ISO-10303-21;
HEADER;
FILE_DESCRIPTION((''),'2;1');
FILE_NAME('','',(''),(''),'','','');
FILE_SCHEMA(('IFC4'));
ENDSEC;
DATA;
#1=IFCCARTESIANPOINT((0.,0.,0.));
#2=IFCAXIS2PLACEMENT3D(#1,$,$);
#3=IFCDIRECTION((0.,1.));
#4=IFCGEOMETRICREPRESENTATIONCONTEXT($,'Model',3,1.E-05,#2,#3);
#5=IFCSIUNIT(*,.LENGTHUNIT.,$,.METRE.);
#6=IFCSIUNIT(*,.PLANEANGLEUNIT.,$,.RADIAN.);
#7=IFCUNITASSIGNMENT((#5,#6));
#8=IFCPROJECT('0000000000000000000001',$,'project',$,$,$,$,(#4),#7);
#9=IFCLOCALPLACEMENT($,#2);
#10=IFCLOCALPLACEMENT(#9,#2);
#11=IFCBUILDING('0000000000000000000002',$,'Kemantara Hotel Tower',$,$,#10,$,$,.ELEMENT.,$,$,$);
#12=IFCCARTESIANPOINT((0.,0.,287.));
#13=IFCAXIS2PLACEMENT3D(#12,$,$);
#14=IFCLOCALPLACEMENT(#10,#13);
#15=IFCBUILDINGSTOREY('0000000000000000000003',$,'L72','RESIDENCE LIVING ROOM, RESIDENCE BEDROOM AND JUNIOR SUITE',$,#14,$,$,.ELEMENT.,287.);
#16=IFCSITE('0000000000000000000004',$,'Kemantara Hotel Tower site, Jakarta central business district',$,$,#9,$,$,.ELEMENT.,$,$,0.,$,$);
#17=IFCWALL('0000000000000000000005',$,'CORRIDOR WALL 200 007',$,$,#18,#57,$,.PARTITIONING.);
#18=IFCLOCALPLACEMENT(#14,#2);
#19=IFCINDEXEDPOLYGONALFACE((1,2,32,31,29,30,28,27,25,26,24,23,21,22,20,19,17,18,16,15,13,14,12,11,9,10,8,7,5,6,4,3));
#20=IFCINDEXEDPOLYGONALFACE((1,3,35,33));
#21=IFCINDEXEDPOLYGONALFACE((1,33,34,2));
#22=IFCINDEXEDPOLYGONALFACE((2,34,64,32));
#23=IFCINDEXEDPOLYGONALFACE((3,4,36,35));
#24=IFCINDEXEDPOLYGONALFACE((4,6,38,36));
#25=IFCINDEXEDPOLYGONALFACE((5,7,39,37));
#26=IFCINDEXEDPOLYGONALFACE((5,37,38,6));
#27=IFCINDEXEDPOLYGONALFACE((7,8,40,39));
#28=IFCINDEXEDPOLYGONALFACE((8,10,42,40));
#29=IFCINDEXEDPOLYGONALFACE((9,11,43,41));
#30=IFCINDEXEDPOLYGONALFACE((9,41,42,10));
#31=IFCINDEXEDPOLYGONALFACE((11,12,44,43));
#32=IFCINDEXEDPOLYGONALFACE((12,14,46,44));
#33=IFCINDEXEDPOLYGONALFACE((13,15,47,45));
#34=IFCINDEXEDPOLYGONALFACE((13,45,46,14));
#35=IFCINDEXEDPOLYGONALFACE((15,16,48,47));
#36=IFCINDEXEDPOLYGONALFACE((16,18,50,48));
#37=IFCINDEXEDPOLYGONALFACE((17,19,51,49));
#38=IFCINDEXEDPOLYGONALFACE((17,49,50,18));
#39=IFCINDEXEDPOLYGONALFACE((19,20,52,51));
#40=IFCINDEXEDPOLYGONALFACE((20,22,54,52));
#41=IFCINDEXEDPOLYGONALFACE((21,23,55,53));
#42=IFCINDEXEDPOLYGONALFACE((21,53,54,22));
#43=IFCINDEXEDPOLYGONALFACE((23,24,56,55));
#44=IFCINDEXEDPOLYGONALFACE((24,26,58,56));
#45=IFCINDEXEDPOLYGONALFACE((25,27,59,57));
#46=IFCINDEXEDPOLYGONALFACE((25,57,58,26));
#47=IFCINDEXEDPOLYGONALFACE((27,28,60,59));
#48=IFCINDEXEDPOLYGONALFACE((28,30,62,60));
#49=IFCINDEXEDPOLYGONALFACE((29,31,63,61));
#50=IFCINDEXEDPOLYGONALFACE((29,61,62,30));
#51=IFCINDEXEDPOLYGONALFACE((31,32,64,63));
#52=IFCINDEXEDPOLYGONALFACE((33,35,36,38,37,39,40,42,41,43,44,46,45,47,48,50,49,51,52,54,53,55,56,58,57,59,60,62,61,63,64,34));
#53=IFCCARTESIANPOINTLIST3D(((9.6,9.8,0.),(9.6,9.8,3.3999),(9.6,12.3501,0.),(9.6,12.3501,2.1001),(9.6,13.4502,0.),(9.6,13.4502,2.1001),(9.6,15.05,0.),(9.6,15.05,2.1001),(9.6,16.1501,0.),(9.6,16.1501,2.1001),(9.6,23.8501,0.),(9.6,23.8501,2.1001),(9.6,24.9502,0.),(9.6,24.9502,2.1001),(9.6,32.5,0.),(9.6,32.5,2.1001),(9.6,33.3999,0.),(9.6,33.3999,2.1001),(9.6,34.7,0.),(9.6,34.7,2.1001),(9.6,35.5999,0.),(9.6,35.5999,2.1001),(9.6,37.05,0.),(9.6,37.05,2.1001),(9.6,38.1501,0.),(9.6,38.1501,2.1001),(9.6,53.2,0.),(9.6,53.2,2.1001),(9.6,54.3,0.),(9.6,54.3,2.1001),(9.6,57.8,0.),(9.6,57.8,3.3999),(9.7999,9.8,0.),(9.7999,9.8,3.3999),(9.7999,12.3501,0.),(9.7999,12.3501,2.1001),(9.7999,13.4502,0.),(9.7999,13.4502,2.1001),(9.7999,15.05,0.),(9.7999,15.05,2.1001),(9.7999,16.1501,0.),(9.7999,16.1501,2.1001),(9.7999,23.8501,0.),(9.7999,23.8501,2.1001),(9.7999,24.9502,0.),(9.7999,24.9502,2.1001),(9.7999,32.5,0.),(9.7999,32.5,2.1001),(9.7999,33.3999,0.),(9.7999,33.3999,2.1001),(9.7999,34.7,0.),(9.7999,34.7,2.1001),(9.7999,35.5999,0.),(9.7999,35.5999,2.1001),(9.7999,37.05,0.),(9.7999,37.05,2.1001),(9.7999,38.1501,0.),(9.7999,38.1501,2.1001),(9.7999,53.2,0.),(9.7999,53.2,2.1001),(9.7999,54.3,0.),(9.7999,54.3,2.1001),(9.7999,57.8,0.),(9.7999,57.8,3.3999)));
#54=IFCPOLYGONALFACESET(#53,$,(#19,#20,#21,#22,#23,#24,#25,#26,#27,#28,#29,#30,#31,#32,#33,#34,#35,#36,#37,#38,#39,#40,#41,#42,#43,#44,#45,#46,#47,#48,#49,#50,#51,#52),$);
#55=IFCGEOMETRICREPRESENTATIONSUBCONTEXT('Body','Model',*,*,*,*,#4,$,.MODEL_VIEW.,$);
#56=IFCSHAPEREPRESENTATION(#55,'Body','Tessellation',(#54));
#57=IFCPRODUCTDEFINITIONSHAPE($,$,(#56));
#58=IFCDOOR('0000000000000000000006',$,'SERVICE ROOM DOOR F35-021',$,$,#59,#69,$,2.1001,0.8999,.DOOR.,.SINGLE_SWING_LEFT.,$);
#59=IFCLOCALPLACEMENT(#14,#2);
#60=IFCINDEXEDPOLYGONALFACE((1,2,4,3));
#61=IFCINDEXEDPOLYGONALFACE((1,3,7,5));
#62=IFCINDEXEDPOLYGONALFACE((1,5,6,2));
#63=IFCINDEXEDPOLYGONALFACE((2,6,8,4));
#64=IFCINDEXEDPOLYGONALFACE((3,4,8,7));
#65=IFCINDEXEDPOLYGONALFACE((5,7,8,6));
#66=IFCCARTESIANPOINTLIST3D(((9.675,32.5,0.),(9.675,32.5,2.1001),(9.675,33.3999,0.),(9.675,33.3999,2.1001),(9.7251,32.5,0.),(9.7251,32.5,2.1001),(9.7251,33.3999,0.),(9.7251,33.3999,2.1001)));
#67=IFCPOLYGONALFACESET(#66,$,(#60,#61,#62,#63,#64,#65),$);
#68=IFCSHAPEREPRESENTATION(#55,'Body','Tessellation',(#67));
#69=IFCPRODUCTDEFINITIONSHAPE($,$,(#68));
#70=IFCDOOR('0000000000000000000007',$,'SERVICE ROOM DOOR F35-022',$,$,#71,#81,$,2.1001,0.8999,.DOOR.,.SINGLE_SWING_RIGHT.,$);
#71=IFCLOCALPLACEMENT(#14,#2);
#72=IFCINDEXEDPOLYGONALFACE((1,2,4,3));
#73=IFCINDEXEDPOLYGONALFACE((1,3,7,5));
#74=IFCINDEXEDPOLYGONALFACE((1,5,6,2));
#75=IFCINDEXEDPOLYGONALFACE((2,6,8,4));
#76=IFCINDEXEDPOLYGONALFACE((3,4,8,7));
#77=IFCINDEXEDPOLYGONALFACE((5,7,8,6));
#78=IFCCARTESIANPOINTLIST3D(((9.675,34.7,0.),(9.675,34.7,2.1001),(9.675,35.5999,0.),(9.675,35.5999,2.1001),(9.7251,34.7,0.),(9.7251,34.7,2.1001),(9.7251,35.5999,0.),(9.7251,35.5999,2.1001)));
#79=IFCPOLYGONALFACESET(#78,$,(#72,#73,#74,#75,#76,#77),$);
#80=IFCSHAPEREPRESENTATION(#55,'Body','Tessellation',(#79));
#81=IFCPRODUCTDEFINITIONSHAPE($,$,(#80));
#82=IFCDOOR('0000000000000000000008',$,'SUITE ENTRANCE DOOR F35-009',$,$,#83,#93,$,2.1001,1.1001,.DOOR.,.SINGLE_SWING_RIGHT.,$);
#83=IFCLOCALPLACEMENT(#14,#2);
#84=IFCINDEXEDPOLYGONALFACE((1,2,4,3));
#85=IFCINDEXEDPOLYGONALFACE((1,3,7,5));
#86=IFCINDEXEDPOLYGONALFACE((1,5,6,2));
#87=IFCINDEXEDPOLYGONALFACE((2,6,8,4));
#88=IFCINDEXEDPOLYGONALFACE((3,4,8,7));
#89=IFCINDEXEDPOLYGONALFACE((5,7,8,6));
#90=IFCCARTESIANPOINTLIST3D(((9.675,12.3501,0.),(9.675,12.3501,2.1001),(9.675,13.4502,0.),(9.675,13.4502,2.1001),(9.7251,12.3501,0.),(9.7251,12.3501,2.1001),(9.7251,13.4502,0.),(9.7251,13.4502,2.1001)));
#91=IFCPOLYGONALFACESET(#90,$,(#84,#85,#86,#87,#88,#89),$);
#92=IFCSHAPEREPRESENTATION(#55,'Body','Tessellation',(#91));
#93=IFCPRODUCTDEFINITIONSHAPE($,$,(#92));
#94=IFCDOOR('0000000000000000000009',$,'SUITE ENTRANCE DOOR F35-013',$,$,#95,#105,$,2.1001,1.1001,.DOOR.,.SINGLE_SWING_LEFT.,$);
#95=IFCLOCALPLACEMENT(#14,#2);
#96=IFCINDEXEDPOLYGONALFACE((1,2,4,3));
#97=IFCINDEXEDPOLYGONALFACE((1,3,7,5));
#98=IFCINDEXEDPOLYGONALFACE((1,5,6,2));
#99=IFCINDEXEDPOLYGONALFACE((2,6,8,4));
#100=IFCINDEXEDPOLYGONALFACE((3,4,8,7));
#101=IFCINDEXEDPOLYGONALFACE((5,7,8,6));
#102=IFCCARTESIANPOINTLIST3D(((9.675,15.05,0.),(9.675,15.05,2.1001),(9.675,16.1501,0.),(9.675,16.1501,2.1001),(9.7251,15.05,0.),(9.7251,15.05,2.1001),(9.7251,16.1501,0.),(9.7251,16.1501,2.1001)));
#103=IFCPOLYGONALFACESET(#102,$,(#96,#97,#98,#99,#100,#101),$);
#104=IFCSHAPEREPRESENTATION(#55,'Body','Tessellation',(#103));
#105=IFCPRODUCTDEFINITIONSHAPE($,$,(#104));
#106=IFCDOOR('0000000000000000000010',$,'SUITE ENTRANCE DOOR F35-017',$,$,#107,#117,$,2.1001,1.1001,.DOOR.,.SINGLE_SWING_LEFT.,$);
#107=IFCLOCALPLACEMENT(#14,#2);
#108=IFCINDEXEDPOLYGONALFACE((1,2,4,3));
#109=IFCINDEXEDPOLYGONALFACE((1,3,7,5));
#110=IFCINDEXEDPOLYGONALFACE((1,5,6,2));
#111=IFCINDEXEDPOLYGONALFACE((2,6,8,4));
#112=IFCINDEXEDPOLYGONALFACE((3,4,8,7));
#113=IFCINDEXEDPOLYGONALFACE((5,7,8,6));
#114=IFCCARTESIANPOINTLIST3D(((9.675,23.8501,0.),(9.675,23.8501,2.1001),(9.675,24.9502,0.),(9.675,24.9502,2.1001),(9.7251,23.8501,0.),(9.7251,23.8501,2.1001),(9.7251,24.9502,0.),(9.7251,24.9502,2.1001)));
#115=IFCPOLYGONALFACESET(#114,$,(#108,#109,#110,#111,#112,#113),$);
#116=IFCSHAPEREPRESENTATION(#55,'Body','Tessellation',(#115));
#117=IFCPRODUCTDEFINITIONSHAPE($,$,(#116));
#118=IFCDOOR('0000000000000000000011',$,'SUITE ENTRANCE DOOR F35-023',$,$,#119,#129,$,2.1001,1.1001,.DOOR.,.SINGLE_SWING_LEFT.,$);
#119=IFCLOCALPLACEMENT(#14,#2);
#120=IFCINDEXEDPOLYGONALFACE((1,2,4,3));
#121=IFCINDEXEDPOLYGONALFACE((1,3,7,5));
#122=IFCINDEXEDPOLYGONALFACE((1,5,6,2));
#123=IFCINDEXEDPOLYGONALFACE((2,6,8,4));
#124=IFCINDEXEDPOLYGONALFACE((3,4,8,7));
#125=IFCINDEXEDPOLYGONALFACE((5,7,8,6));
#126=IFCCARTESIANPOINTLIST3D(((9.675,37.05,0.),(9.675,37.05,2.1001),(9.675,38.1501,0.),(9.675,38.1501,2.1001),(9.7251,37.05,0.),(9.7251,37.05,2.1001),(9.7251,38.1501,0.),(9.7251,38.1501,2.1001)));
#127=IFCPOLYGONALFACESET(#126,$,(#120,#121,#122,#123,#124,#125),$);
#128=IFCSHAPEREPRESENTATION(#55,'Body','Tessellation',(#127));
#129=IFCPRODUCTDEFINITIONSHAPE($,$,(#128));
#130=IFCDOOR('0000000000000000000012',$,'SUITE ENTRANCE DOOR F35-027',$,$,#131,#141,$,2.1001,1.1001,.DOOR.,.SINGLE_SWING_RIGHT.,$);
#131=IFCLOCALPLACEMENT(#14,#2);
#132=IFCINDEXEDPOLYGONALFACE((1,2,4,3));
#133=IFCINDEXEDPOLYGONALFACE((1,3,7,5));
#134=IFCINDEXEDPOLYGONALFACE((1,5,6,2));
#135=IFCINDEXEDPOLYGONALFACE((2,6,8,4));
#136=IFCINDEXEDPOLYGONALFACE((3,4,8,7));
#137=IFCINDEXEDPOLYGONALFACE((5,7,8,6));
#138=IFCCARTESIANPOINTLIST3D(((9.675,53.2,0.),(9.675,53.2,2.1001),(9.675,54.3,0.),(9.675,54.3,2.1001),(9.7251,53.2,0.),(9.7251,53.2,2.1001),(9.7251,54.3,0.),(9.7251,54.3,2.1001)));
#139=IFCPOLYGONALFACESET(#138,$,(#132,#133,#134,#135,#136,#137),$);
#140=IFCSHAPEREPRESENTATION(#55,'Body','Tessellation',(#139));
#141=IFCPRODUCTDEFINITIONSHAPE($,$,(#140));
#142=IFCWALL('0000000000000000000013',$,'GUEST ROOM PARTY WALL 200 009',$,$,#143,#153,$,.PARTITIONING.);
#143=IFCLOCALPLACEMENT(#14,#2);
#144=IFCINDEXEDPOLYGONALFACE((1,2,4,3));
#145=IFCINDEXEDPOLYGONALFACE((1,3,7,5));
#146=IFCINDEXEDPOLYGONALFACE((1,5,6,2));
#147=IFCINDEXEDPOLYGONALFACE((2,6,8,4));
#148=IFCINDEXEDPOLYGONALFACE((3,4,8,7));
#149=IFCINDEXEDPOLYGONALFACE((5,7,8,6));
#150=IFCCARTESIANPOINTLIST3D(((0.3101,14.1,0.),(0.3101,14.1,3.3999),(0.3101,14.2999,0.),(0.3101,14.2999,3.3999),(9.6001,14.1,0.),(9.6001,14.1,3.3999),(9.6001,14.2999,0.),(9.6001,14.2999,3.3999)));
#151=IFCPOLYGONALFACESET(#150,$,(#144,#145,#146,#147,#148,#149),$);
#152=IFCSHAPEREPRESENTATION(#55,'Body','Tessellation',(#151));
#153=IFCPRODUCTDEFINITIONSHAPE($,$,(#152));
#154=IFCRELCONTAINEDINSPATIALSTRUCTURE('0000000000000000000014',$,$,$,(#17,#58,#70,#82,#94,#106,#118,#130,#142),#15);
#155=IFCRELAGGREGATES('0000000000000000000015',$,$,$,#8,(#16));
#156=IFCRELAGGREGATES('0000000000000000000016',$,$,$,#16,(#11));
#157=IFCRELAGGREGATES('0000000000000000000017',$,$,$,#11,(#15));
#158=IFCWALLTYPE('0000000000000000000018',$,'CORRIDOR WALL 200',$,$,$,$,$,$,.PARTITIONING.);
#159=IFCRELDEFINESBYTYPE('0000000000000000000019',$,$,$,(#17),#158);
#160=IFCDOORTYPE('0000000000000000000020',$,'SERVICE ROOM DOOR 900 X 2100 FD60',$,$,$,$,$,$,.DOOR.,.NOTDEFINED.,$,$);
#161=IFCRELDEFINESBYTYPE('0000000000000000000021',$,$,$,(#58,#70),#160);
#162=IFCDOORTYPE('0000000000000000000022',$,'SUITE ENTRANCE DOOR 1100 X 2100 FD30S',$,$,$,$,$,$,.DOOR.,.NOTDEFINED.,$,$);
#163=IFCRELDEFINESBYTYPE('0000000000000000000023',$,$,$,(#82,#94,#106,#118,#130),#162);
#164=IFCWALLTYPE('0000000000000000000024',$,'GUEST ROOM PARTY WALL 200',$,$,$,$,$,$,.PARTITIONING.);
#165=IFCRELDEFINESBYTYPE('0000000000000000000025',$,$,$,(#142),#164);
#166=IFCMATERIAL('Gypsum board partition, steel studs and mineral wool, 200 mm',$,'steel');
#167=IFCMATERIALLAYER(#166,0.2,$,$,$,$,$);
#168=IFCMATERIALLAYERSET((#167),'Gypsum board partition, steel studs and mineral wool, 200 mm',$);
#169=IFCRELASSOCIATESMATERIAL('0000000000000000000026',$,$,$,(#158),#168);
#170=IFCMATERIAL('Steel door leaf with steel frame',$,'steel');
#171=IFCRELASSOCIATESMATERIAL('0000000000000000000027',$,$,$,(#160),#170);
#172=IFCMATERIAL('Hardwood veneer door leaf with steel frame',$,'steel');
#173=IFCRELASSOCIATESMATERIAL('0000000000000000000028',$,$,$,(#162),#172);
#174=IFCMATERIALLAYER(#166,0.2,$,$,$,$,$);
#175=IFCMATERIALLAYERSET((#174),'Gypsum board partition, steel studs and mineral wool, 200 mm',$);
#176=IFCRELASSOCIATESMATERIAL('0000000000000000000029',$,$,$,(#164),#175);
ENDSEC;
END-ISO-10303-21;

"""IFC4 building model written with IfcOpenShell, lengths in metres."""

from ifc_helpers import new_model, si_unit, direction, frame, frame_2d, origin, place, context, subcontext, project, spatial, rectangle, extrude, material, layer, layer_set, type_object, element, fill, save


model = new_model("IFC4")

# Units and contexts
model_context = context("Model", 3, precision=1e-05, world=origin(), true_north=direction((0.0, 1.0)))
body_context = subcontext(model_context, "Body", "Model", "MODEL_VIEW")
ifc_project = project(units=[si_unit("LENGTHUNIT", "METRE"), si_unit("PLANEANGLEUNIT", "RADIAN")], contexts=[model_context])

# Site, building, storey
site_placement = place(None, origin())
site = spatial("IfcSite", under=ifc_project, at=site_placement, Name="Kemantara Hotel Tower site, Jakarta central business district", CompositionType="ELEMENT", RefElevation=0.0)
building_placement = place(site_placement, origin())
building = spatial("IfcBuilding", under=site, at=building_placement, Name="Kemantara Hotel Tower", CompositionType="ELEMENT")
storey_placement = place(building_placement, frame((0.0, 0.0, 287.0)))
storey = spatial("IfcBuildingStorey", under=building, at=storey_placement, Name="L72", Description="RESIDENCE LIVING ROOM, RESIDENCE BEDROOM AND JUNIOR SUITE", CompositionType="ELEMENT", Elevation=287.0)

# Wall, openings, doors
ifc_material_1 = material(Name="Gypsum board partition, steel studs and mineral wool, 200 mm", Category="steel")
ifc_layer_1 = layer(ifc_material_1, 0.2)
ifc_layer_set_1 = layer_set([ifc_layer_1], Name="Gypsum board partition, steel studs and mineral wool, 200 mm")
wall_type_1 = type_object("IfcWallType", Name="CORRIDOR WALL 200", PredefinedType="PARTITIONING", material=ifc_layer_set_1)
wall_1_placement = place(storey_placement, frame((9.7, 9.8, 0.0), z_axis=(0.0, 0.0, 1.0), x_axis=(0.0, 1.0, 0.0)))
wall_1 = element("IfcWall", 1, at=wall_1_placement, inside=storey, type_object=wall_type_1, Name="CORRIDOR WALL 200 007", PredefinedType="PARTITIONING", context=body_context, shape_type="SweptSolid", body=[
    extrude(rectangle(XDim=48.0, YDim=0.2, at=frame_2d((24.0, 0.0))), origin(), (0.0, 0.0, 1.0), 3.3999),
])
opening_1_placement = place(wall_1_placement, frame((2.55, 0.0, 0.0)))
opening_1 = element("IfcOpeningElement", 2, at=opening_1_placement, cuts=wall_1, PredefinedType="OPENING", context=body_context, shape_type="SweptSolid", body=[
    extrude(rectangle(XDim=1.1001, YDim=2.1001, at=frame_2d((0.55, 1.05))), frame((0.0, 0.1099, 0.0), z_axis=(0.0, -1.0, 0.0), x_axis=(1.0, 0.0, 0.0)), (0.0, 0.0, 1.0), 0.22),
])
opening_2_placement = place(wall_1_placement, frame((5.25, 0.0, 0.0)))
opening_2 = element("IfcOpeningElement", 3, at=opening_2_placement, cuts=wall_1, PredefinedType="OPENING", context=body_context, shape_type="SweptSolid", body=[
    extrude(rectangle(XDim=1.1001, YDim=2.1001, at=frame_2d((0.55, 1.05))), frame((0.0, 0.1099, 0.0), z_axis=(0.0, -1.0, 0.0), x_axis=(1.0, 0.0, 0.0)), (0.0, 0.0, 1.0), 0.22),
])
opening_3_placement = place(wall_1_placement, frame((14.05, 0.0, 0.0)))
opening_3 = element("IfcOpeningElement", 4, at=opening_3_placement, cuts=wall_1, PredefinedType="OPENING", context=body_context, shape_type="SweptSolid", body=[
    extrude(rectangle(XDim=1.1001, YDim=2.1001, at=frame_2d((0.55, 1.05))), frame((0.0, 0.1099, 0.0), z_axis=(0.0, -1.0, 0.0), x_axis=(1.0, 0.0, 0.0)), (0.0, 0.0, 1.0), 0.22),
])
opening_4_placement = place(wall_1_placement, frame((22.7, 0.0, 0.0)))
opening_4 = element("IfcOpeningElement", 5, at=opening_4_placement, cuts=wall_1, PredefinedType="OPENING", context=body_context, shape_type="SweptSolid", body=[
    extrude(rectangle(XDim=0.8999, YDim=2.1001, at=frame_2d((0.45, 1.05))), frame((0.0, 0.1099, 0.0), z_axis=(0.0, -1.0, 0.0), x_axis=(1.0, 0.0, 0.0)), (0.0, 0.0, 1.0), 0.22),
])
opening_5_placement = place(wall_1_placement, frame((24.8999, 0.0, 0.0)))
opening_5 = element("IfcOpeningElement", 6, at=opening_5_placement, cuts=wall_1, PredefinedType="OPENING", context=body_context, shape_type="SweptSolid", body=[
    extrude(rectangle(XDim=0.8999, YDim=2.1001, at=frame_2d((0.45, 1.05))), frame((0.0, 0.1099, 0.0), z_axis=(0.0, -1.0, 0.0), x_axis=(1.0, 0.0, 0.0)), (0.0, 0.0, 1.0), 0.22),
])
opening_6_placement = place(wall_1_placement, frame((27.25, 0.0, 0.0)))
opening_6 = element("IfcOpeningElement", 7, at=opening_6_placement, cuts=wall_1, PredefinedType="OPENING", context=body_context, shape_type="SweptSolid", body=[
    extrude(rectangle(XDim=1.1001, YDim=2.1001, at=frame_2d((0.55, 1.05))), frame((0.0, 0.1099, 0.0), z_axis=(0.0, -1.0, 0.0), x_axis=(1.0, 0.0, 0.0)), (0.0, 0.0, 1.0), 0.22),
])
opening_7_placement = place(wall_1_placement, frame((43.3999, 0.0, 0.0)))
opening_7 = element("IfcOpeningElement", 8, at=opening_7_placement, cuts=wall_1, PredefinedType="OPENING", context=body_context, shape_type="SweptSolid", body=[
    extrude(rectangle(XDim=1.1001, YDim=2.1001, at=frame_2d((0.55, 1.05))), frame((0.0, 0.1099, 0.0), z_axis=(0.0, -1.0, 0.0), x_axis=(1.0, 0.0, 0.0)), (0.0, 0.0, 1.0), 0.22),
])
ifc_material_2 = material(Name="Steel door leaf with steel frame", Category="steel")
door_type_1 = type_object("IfcDoorType", Name="SERVICE ROOM DOOR 900 X 2100 FD60", OperationType="NOTDEFINED", PredefinedType="DOOR", material=ifc_material_2)
door_1_placement = place(opening_4_placement, origin())
door_1 = element("IfcDoor", 9, at=door_1_placement, inside=storey, type_object=door_type_1, Name="SERVICE ROOM DOOR F35-021", OperationType="SINGLE_SWING_LEFT", OverallHeight=2.1001, OverallWidth=0.8999, PredefinedType="DOOR", context=body_context, shape_type="SweptSolid", body=[
    extrude(rectangle(XDim=0.8999, YDim=2.1001, at=frame_2d((0.45, 1.05))), frame((0.0, 0.0249, 0.0), z_axis=(0.0, -1.0, 0.0), x_axis=(1.0, 0.0, 0.0)), (0.0, 0.0, 1.0), 0.05),
])
fill(opening_4, door_1)
door_2_placement = place(opening_5_placement, origin())
door_2 = element("IfcDoor", 10, at=door_2_placement, inside=storey, type_object=door_type_1, Name="SERVICE ROOM DOOR F35-022", OperationType="SINGLE_SWING_RIGHT", OverallHeight=2.1001, OverallWidth=0.8999, PredefinedType="DOOR", context=body_context, shape_type="SweptSolid", body=[
    extrude(rectangle(XDim=0.8999, YDim=2.1001, at=frame_2d((0.45, 1.05))), frame((0.0, 0.0249, 0.0), z_axis=(0.0, -1.0, 0.0), x_axis=(1.0, 0.0, 0.0)), (0.0, 0.0, 1.0), 0.05),
])
fill(opening_5, door_2)
ifc_material_3 = material(Name="Hardwood veneer door leaf with steel frame", Category="steel")
door_type_2 = type_object("IfcDoorType", Name="SUITE ENTRANCE DOOR 1100 X 2100 FD30S", OperationType="NOTDEFINED", PredefinedType="DOOR", material=ifc_material_3)
door_3_placement = place(opening_1_placement, origin())
door_3 = element("IfcDoor", 11, at=door_3_placement, inside=storey, type_object=door_type_2, Name="SUITE ENTRANCE DOOR F35-009", OperationType="SINGLE_SWING_RIGHT", OverallHeight=2.1001, OverallWidth=1.1001, PredefinedType="DOOR", context=body_context, shape_type="SweptSolid", body=[
    extrude(rectangle(XDim=1.1001, YDim=2.1001, at=frame_2d((0.55, 1.05))), frame((0.0, 0.0249, 0.0), z_axis=(0.0, -1.0, 0.0), x_axis=(1.0, 0.0, 0.0)), (0.0, 0.0, 1.0), 0.05),
])
fill(opening_1, door_3)
door_4_placement = place(opening_2_placement, origin())
door_4 = element("IfcDoor", 12, at=door_4_placement, inside=storey, type_object=door_type_2, Name="SUITE ENTRANCE DOOR F35-013", OperationType="SINGLE_SWING_LEFT", OverallHeight=2.1001, OverallWidth=1.1001, PredefinedType="DOOR", context=body_context, shape_type="SweptSolid", body=[
    extrude(rectangle(XDim=1.1001, YDim=2.1001, at=frame_2d((0.55, 1.05))), frame((0.0, 0.0249, 0.0), z_axis=(0.0, -1.0, 0.0), x_axis=(1.0, 0.0, 0.0)), (0.0, 0.0, 1.0), 0.05),
])
fill(opening_2, door_4)
door_5_placement = place(opening_3_placement, origin())
door_5 = element("IfcDoor", 13, at=door_5_placement, inside=storey, type_object=door_type_2, Name="SUITE ENTRANCE DOOR F35-017", OperationType="SINGLE_SWING_LEFT", OverallHeight=2.1001, OverallWidth=1.1001, PredefinedType="DOOR", context=body_context, shape_type="SweptSolid", body=[
    extrude(rectangle(XDim=1.1001, YDim=2.1001, at=frame_2d((0.55, 1.05))), frame((0.0, 0.0249, 0.0), z_axis=(0.0, -1.0, 0.0), x_axis=(1.0, 0.0, 0.0)), (0.0, 0.0, 1.0), 0.05),
])
fill(opening_3, door_5)
door_6_placement = place(opening_6_placement, origin())
door_6 = element("IfcDoor", 14, at=door_6_placement, inside=storey, type_object=door_type_2, Name="SUITE ENTRANCE DOOR F35-023", OperationType="SINGLE_SWING_LEFT", OverallHeight=2.1001, OverallWidth=1.1001, PredefinedType="DOOR", context=body_context, shape_type="SweptSolid", body=[
    extrude(rectangle(XDim=1.1001, YDim=2.1001, at=frame_2d((0.55, 1.05))), frame((0.0, 0.0249, 0.0), z_axis=(0.0, -1.0, 0.0), x_axis=(1.0, 0.0, 0.0)), (0.0, 0.0, 1.0), 0.05),
])
fill(opening_6, door_6)
door_7_placement = place(opening_7_placement, origin())
door_7 = element("IfcDoor", 15, at=door_7_placement, inside=storey, type_object=door_type_2, Name="SUITE ENTRANCE DOOR F35-027", OperationType="SINGLE_SWING_RIGHT", OverallHeight=2.1001, OverallWidth=1.1001, PredefinedType="DOOR", context=body_context, shape_type="SweptSolid", body=[
    extrude(rectangle(XDim=1.1001, YDim=2.1001, at=frame_2d((0.55, 1.05))), frame((0.0, 0.0249, 0.0), z_axis=(0.0, -1.0, 0.0), x_axis=(1.0, 0.0, 0.0)), (0.0, 0.0, 1.0), 0.05),
])
fill(opening_7, door_7)

# Wall
ifc_layer_2 = layer(ifc_material_1, 0.2)
ifc_layer_set_2 = layer_set([ifc_layer_2], Name="Gypsum board partition, steel studs and mineral wool, 200 mm")
wall_type_2 = type_object("IfcWallType", Name="GUEST ROOM PARTY WALL 200", PredefinedType="PARTITIONING", material=ifc_layer_set_2)
wall_2_placement = place(storey_placement, frame((0.3101, 14.2, 0.0), z_axis=(0.0, 0.0, 1.0), x_axis=(1.0, 0.0, 0.0)))
element("IfcWall", 16, at=wall_2_placement, inside=storey, type_object=wall_type_2, Name="GUEST ROOM PARTY WALL 200 009", PredefinedType="PARTITIONING", context=body_context, shape_type="SweptSolid", body=[
    extrude(rectangle(XDim=9.29, YDim=0.2, at=frame_2d((4.645, 0.0))), origin(), (0.0, 0.0, 1.0), 3.3999),
])

save(model, "model.ifc")
